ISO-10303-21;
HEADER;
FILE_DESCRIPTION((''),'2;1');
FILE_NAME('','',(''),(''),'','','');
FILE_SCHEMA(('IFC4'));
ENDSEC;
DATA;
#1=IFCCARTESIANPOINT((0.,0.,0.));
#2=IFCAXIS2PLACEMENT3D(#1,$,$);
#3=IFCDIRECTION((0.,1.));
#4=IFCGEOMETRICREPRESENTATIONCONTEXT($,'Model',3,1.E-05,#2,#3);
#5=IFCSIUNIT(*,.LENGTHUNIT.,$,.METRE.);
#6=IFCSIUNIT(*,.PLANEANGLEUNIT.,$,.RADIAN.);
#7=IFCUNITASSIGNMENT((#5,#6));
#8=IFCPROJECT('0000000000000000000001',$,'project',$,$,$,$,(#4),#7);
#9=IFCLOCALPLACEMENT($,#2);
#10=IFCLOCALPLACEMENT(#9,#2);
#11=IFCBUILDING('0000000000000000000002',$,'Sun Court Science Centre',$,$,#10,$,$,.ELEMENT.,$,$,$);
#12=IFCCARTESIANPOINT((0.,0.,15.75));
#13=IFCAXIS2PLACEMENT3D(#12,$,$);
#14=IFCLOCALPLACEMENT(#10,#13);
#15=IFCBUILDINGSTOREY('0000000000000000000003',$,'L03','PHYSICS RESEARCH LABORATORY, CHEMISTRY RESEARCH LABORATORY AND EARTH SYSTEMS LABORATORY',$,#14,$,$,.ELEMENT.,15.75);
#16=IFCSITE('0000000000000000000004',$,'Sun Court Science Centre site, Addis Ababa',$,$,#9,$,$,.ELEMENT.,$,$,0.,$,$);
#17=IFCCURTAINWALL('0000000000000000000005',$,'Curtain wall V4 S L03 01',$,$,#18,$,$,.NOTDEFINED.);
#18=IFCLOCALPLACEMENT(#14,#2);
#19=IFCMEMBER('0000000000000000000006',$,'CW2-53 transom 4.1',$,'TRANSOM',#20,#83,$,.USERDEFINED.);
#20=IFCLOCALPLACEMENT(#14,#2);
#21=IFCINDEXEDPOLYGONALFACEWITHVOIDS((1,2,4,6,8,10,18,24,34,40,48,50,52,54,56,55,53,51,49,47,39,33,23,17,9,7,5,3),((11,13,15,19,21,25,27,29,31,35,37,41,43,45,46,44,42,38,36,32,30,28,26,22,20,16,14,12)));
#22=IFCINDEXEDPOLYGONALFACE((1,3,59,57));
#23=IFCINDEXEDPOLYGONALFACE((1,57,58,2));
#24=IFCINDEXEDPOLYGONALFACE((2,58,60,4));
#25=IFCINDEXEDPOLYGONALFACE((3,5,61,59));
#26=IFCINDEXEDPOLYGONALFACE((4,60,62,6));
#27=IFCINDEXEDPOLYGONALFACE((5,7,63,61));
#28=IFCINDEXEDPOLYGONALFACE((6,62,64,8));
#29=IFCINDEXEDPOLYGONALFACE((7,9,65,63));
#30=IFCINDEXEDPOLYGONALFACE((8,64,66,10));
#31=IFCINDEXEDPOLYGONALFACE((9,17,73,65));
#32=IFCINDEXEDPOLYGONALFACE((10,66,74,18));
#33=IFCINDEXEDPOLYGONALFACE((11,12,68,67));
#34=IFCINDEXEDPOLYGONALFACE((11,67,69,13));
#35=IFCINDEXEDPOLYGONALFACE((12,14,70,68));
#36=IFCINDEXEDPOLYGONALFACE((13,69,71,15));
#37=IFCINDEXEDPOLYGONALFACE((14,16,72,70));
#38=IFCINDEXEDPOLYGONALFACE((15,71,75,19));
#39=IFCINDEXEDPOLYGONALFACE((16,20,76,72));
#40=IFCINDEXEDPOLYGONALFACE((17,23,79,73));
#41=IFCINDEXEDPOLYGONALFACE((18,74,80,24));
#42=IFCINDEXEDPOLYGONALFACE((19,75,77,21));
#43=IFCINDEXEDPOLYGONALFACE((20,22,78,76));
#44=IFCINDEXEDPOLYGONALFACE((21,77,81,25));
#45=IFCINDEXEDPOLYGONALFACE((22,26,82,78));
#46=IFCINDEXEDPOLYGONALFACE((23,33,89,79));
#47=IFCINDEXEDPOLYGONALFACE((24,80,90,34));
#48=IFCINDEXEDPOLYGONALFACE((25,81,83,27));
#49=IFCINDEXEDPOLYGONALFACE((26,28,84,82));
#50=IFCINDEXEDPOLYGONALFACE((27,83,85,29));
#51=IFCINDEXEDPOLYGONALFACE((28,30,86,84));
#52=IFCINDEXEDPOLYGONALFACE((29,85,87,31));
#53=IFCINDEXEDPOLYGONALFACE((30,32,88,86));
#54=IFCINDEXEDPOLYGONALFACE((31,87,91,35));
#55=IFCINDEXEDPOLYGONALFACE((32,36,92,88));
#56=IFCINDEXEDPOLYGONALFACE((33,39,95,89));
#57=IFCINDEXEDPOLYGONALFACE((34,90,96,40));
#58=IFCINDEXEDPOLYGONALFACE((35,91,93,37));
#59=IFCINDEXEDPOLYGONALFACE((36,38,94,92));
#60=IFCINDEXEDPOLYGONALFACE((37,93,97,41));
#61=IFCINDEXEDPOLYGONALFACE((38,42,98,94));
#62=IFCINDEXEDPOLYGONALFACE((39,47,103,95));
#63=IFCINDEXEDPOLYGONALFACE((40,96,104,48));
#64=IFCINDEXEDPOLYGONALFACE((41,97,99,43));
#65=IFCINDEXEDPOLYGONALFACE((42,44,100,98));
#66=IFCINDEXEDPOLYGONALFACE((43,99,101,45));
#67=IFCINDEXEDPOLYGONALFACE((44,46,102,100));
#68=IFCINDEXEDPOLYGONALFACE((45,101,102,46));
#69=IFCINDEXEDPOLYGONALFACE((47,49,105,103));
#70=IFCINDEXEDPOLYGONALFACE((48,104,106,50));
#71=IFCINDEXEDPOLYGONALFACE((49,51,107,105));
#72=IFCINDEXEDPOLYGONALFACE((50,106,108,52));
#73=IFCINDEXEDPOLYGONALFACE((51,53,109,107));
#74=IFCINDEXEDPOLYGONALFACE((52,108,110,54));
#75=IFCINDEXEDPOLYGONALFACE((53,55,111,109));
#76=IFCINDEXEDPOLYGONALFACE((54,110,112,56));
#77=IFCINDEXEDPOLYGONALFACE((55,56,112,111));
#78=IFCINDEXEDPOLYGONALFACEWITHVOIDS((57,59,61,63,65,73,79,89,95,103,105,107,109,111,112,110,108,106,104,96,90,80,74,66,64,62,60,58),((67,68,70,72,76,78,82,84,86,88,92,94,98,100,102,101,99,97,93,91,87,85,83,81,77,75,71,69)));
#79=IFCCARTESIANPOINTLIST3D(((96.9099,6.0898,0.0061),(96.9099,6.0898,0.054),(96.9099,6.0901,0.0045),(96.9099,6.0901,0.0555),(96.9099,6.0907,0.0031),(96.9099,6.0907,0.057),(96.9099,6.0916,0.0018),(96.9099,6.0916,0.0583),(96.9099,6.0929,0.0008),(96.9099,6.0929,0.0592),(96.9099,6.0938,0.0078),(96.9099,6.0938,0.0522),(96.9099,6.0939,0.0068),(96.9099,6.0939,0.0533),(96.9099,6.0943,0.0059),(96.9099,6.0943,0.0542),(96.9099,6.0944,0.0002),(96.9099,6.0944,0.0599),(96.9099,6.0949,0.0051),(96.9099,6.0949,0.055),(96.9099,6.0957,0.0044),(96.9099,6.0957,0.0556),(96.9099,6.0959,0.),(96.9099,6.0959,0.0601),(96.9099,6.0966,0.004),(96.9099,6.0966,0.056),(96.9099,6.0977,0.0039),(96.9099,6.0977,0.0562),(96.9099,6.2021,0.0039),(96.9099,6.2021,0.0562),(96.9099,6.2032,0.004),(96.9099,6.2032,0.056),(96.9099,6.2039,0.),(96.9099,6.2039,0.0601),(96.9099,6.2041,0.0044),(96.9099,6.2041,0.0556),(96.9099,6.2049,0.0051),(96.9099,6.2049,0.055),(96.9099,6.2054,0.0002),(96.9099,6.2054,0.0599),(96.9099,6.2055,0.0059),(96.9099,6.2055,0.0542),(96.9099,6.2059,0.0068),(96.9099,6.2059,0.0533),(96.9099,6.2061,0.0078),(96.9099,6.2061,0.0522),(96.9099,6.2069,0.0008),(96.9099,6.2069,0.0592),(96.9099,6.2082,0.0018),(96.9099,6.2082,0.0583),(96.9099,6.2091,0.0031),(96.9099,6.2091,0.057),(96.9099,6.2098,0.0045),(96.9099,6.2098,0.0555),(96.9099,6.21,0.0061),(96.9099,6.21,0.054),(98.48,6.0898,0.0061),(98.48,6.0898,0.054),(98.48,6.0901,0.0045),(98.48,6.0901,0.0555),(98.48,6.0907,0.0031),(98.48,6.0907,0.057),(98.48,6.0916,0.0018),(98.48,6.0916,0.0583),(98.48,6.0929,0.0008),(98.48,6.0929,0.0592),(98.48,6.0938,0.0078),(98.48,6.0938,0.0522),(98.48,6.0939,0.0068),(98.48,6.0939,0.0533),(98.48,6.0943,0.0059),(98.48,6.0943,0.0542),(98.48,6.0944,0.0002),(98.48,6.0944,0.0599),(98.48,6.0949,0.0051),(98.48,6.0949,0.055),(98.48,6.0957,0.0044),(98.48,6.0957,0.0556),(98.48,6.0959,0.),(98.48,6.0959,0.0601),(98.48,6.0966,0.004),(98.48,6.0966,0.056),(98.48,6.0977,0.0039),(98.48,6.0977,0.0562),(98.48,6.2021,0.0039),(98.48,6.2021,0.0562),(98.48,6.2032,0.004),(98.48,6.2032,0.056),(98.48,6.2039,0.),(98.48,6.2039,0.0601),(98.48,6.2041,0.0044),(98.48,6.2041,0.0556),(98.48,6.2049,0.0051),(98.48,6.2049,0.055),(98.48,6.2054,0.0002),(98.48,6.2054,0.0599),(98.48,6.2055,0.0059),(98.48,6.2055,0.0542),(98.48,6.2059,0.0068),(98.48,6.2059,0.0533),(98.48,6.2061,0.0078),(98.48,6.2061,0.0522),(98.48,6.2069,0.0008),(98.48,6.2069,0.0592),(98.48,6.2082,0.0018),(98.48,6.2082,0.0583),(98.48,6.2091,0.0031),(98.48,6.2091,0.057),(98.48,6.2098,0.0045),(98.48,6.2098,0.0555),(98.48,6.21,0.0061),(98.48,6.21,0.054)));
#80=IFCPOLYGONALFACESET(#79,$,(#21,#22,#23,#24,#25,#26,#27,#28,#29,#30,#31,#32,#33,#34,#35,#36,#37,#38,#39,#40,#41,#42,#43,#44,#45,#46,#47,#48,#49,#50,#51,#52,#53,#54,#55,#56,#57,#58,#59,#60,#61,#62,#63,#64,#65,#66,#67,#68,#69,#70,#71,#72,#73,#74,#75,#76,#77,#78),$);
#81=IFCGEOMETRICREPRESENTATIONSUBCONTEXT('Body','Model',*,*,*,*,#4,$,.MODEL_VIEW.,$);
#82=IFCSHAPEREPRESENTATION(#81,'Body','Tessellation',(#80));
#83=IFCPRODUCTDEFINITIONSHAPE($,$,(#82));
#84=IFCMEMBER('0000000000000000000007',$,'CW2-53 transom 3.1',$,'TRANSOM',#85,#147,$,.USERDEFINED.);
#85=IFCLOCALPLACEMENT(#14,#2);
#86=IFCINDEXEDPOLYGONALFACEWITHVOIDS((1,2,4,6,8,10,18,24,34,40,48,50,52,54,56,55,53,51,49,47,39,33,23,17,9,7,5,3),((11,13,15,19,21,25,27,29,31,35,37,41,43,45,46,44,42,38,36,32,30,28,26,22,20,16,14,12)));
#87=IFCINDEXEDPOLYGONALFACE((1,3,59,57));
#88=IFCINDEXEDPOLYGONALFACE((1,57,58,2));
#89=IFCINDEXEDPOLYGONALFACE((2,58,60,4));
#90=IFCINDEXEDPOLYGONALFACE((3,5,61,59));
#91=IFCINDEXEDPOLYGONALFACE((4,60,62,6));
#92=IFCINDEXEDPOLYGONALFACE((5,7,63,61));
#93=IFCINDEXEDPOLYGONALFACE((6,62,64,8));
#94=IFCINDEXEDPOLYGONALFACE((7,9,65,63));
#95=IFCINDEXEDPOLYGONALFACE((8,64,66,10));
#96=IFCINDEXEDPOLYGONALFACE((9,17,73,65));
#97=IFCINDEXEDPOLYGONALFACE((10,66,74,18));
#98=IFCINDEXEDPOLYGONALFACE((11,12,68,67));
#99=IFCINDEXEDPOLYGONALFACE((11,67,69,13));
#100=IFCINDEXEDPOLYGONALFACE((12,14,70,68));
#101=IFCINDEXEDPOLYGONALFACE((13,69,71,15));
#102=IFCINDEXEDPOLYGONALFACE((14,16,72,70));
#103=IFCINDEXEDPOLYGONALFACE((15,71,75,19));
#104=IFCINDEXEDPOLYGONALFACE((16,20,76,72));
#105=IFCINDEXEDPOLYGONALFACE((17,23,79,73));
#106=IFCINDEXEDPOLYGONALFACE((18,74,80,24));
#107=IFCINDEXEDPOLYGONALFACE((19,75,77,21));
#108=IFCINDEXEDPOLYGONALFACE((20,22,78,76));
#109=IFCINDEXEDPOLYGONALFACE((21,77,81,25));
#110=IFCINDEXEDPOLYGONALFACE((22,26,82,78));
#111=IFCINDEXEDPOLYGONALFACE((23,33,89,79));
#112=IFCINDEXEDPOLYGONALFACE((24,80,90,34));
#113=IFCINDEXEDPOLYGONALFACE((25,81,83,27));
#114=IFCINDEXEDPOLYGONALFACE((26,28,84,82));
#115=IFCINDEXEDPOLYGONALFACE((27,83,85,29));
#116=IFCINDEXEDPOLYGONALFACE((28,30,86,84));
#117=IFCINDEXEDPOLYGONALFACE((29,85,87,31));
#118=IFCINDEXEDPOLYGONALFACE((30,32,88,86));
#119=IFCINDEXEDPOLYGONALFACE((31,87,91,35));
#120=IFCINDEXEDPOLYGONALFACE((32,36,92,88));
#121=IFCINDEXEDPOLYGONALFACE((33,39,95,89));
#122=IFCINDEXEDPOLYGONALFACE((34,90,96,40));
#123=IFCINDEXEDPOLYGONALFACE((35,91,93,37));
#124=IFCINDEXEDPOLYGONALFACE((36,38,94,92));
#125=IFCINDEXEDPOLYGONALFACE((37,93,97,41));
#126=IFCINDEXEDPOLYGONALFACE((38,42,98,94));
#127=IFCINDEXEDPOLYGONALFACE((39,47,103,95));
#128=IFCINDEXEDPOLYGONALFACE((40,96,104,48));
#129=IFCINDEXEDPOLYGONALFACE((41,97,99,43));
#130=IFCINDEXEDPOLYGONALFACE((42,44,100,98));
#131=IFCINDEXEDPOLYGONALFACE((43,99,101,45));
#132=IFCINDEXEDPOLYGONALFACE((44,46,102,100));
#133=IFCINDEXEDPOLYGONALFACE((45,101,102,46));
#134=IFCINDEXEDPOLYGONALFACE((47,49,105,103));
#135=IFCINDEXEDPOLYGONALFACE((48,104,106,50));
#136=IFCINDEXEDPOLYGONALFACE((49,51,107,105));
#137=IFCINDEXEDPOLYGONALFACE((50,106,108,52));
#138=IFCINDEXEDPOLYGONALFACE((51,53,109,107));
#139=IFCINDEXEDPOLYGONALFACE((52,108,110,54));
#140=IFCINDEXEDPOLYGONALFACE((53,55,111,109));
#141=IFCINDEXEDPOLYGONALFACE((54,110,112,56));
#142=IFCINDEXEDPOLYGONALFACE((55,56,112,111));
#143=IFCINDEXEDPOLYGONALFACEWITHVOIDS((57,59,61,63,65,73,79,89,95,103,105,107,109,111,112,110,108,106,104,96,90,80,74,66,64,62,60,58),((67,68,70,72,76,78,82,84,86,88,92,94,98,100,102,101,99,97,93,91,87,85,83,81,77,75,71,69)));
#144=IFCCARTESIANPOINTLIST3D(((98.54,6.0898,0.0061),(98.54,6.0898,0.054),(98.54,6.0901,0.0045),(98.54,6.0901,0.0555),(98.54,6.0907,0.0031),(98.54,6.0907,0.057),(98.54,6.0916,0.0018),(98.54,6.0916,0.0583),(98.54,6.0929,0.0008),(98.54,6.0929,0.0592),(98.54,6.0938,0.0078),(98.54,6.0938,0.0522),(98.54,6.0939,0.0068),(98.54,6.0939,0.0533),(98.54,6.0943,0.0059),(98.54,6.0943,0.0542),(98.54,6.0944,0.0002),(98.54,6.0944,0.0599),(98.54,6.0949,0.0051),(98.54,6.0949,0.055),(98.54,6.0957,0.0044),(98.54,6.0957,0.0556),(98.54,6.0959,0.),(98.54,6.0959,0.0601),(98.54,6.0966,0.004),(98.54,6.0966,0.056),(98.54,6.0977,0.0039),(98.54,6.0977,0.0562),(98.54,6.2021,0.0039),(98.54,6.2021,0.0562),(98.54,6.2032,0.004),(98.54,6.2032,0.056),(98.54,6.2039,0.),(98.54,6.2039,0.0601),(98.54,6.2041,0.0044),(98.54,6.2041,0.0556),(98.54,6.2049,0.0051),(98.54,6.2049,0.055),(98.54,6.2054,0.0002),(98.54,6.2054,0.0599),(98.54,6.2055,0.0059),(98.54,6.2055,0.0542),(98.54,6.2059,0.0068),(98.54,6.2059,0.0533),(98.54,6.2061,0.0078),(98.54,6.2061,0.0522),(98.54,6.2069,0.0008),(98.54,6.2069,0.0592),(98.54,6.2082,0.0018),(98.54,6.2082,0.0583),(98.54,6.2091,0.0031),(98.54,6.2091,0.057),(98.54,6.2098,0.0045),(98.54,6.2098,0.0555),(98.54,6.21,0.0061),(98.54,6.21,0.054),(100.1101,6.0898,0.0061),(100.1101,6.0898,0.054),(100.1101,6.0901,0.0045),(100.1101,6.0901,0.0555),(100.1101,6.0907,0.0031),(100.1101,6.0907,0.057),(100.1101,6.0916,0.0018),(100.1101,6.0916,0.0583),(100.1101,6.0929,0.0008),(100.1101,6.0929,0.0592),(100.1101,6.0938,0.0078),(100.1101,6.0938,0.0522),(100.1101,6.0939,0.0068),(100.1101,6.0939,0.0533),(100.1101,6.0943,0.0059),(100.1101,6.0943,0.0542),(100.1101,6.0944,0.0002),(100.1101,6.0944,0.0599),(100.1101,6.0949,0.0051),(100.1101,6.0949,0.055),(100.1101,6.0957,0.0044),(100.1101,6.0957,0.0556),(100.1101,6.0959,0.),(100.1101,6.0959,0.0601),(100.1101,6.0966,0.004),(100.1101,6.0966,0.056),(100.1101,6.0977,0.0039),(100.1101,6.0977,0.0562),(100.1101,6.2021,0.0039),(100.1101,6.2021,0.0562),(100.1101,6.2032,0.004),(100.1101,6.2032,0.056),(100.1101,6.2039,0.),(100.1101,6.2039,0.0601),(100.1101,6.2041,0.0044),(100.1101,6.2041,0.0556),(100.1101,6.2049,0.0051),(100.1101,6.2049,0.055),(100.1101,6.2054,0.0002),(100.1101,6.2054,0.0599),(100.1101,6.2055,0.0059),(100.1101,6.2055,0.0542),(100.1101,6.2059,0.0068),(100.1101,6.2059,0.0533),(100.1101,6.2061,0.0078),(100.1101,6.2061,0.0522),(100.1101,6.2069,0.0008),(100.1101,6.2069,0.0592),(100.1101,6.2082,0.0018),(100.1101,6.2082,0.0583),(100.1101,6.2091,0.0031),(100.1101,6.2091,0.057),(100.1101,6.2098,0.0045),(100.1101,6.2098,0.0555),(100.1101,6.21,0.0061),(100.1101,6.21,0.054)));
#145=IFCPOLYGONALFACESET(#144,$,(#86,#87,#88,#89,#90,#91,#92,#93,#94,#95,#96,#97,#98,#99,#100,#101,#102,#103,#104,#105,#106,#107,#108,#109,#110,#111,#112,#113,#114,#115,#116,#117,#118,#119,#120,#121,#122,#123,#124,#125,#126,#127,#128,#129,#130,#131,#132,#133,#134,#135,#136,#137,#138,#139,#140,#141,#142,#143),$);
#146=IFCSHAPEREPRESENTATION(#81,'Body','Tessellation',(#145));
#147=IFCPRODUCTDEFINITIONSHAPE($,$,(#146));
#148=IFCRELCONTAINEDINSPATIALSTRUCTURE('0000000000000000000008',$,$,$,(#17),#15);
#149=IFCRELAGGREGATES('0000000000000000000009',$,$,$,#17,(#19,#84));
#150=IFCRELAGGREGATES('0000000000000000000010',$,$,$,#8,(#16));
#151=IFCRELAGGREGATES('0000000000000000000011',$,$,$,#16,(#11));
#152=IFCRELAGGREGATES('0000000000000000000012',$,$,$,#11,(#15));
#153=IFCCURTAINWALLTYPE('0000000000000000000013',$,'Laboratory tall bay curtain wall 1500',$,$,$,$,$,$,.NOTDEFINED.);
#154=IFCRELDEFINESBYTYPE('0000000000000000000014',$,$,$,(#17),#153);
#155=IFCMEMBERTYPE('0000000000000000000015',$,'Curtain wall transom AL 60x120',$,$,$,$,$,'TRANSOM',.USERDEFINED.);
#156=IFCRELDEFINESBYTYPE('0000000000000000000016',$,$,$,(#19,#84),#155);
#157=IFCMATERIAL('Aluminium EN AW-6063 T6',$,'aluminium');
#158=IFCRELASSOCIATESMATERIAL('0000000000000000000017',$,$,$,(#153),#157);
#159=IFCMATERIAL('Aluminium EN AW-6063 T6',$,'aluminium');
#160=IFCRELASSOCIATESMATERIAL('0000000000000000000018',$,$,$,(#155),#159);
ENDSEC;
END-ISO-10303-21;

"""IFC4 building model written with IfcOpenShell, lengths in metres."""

from ifc_helpers import new_model, si_unit, direction, frame, origin, origin_2d, place, context, subcontext, project, spatial, hollow_rectangle, extrude, material, material_profile, profile_set, type_object, element, aggregate, save


model = new_model("IFC4")

# Units and contexts
model_context = context("Model", 3, precision=1e-05, world=origin(), true_north=direction((0.0, 1.0)))
body_context = subcontext(model_context, "Body", "Model", "MODEL_VIEW")
ifc_project = project(units=[si_unit("LENGTHUNIT", "METRE"), si_unit("PLANEANGLEUNIT", "RADIAN")], contexts=[model_context])

# Site, building, storey
site_placement = place(None, origin())
site = spatial("IfcSite", under=ifc_project, at=site_placement, Name="Sun Court Science Centre site, Addis Ababa", CompositionType="ELEMENT", RefElevation=0.0)
building_placement = place(site_placement, origin())
building = spatial("IfcBuilding", under=site, at=building_placement, Name="Sun Court Science Centre", CompositionType="ELEMENT")
storey_placement = place(building_placement, frame((0.0, 0.0, 15.75)))
storey = spatial("IfcBuildingStorey", under=building, at=storey_placement, Name="L03", Description="PHYSICS RESEARCH LABORATORY, CHEMISTRY RESEARCH LABORATORY AND EARTH SYSTEMS LABORATORY", CompositionType="ELEMENT", Elevation=15.75)

# Curtain wall
ifc_material_1 = material(Name="Aluminium EN AW-6063 T6", Category="aluminium")
curtain_wall_type = type_object("IfcCurtainWallType", Name="Laboratory tall bay curtain wall 1500", PredefinedType="NOTDEFINED", material=ifc_material_1)
curtain_wall_1_placement = place(storey_placement, origin())
curtain_wall_1 = element("IfcCurtainWall", 1, at=curtain_wall_1_placement, inside=storey, type_object=curtain_wall_type, Name="Curtain wall V4 S L03 01", PredefinedType="NOTDEFINED")

# Members
ifc_material_2 = material(Name="Aluminium EN AW-6063 T6", Category="aluminium")
ifc_material_profile_1 = material_profile(ifc_material_2, hollow_rectangle(XDim=0.0601, YDim=0.1201, WallThickness=0.0039, InnerFilletRadius=0.0039, OuterFilletRadius=0.0061, at=origin_2d()), Name="AL 60x120x4")
ifc_profile_set_1 = profile_set([ifc_material_profile_1], Name="Aluminium EN AW-6063 T6")
member_type_1 = type_object("IfcMemberType", Name="Curtain wall transom AL 60x120", ElementType="TRANSOM", PredefinedType="USERDEFINED", material=ifc_profile_set_1)
member_1_placement = place(storey_placement, frame((98.48, 6.1499, 0.03), z_axis=(-1.0, 0.0, 0.0), x_axis=(0.0, 0.0, 1.0)))
member_1 = element("IfcMember", 2, at=member_1_placement, type_object=member_type_1, Name="CW2-53 transom 4.1", ObjectType="TRANSOM", PredefinedType="USERDEFINED", context=body_context, shape_type="SweptSolid", body=[
    extrude(hollow_rectangle(XDim=0.0601, YDim=0.1201, WallThickness=0.0039, InnerFilletRadius=0.0039, OuterFilletRadius=0.0061, at=origin_2d()), origin(), (0.0, 0.0, 1.0), 1.5701),
])
member_2_placement = place(storey_placement, frame((100.1101, 6.1499, 0.03), z_axis=(-1.0, 0.0, 0.0), x_axis=(0.0, 0.0, 1.0)))
member_2 = element("IfcMember", 3, at=member_2_placement, type_object=member_type_1, Name="CW2-53 transom 3.1", ObjectType="TRANSOM", PredefinedType="USERDEFINED", context=body_context, shape_type="SweptSolid", body=[
    extrude(hollow_rectangle(XDim=0.0601, YDim=0.1201, WallThickness=0.0039, InnerFilletRadius=0.0039, OuterFilletRadius=0.0061, at=origin_2d()), origin(), (0.0, 0.0, 1.0), 1.5701),
])

aggregate(curtain_wall_1, [member_1, member_2])

save(model, "model.ifc")
